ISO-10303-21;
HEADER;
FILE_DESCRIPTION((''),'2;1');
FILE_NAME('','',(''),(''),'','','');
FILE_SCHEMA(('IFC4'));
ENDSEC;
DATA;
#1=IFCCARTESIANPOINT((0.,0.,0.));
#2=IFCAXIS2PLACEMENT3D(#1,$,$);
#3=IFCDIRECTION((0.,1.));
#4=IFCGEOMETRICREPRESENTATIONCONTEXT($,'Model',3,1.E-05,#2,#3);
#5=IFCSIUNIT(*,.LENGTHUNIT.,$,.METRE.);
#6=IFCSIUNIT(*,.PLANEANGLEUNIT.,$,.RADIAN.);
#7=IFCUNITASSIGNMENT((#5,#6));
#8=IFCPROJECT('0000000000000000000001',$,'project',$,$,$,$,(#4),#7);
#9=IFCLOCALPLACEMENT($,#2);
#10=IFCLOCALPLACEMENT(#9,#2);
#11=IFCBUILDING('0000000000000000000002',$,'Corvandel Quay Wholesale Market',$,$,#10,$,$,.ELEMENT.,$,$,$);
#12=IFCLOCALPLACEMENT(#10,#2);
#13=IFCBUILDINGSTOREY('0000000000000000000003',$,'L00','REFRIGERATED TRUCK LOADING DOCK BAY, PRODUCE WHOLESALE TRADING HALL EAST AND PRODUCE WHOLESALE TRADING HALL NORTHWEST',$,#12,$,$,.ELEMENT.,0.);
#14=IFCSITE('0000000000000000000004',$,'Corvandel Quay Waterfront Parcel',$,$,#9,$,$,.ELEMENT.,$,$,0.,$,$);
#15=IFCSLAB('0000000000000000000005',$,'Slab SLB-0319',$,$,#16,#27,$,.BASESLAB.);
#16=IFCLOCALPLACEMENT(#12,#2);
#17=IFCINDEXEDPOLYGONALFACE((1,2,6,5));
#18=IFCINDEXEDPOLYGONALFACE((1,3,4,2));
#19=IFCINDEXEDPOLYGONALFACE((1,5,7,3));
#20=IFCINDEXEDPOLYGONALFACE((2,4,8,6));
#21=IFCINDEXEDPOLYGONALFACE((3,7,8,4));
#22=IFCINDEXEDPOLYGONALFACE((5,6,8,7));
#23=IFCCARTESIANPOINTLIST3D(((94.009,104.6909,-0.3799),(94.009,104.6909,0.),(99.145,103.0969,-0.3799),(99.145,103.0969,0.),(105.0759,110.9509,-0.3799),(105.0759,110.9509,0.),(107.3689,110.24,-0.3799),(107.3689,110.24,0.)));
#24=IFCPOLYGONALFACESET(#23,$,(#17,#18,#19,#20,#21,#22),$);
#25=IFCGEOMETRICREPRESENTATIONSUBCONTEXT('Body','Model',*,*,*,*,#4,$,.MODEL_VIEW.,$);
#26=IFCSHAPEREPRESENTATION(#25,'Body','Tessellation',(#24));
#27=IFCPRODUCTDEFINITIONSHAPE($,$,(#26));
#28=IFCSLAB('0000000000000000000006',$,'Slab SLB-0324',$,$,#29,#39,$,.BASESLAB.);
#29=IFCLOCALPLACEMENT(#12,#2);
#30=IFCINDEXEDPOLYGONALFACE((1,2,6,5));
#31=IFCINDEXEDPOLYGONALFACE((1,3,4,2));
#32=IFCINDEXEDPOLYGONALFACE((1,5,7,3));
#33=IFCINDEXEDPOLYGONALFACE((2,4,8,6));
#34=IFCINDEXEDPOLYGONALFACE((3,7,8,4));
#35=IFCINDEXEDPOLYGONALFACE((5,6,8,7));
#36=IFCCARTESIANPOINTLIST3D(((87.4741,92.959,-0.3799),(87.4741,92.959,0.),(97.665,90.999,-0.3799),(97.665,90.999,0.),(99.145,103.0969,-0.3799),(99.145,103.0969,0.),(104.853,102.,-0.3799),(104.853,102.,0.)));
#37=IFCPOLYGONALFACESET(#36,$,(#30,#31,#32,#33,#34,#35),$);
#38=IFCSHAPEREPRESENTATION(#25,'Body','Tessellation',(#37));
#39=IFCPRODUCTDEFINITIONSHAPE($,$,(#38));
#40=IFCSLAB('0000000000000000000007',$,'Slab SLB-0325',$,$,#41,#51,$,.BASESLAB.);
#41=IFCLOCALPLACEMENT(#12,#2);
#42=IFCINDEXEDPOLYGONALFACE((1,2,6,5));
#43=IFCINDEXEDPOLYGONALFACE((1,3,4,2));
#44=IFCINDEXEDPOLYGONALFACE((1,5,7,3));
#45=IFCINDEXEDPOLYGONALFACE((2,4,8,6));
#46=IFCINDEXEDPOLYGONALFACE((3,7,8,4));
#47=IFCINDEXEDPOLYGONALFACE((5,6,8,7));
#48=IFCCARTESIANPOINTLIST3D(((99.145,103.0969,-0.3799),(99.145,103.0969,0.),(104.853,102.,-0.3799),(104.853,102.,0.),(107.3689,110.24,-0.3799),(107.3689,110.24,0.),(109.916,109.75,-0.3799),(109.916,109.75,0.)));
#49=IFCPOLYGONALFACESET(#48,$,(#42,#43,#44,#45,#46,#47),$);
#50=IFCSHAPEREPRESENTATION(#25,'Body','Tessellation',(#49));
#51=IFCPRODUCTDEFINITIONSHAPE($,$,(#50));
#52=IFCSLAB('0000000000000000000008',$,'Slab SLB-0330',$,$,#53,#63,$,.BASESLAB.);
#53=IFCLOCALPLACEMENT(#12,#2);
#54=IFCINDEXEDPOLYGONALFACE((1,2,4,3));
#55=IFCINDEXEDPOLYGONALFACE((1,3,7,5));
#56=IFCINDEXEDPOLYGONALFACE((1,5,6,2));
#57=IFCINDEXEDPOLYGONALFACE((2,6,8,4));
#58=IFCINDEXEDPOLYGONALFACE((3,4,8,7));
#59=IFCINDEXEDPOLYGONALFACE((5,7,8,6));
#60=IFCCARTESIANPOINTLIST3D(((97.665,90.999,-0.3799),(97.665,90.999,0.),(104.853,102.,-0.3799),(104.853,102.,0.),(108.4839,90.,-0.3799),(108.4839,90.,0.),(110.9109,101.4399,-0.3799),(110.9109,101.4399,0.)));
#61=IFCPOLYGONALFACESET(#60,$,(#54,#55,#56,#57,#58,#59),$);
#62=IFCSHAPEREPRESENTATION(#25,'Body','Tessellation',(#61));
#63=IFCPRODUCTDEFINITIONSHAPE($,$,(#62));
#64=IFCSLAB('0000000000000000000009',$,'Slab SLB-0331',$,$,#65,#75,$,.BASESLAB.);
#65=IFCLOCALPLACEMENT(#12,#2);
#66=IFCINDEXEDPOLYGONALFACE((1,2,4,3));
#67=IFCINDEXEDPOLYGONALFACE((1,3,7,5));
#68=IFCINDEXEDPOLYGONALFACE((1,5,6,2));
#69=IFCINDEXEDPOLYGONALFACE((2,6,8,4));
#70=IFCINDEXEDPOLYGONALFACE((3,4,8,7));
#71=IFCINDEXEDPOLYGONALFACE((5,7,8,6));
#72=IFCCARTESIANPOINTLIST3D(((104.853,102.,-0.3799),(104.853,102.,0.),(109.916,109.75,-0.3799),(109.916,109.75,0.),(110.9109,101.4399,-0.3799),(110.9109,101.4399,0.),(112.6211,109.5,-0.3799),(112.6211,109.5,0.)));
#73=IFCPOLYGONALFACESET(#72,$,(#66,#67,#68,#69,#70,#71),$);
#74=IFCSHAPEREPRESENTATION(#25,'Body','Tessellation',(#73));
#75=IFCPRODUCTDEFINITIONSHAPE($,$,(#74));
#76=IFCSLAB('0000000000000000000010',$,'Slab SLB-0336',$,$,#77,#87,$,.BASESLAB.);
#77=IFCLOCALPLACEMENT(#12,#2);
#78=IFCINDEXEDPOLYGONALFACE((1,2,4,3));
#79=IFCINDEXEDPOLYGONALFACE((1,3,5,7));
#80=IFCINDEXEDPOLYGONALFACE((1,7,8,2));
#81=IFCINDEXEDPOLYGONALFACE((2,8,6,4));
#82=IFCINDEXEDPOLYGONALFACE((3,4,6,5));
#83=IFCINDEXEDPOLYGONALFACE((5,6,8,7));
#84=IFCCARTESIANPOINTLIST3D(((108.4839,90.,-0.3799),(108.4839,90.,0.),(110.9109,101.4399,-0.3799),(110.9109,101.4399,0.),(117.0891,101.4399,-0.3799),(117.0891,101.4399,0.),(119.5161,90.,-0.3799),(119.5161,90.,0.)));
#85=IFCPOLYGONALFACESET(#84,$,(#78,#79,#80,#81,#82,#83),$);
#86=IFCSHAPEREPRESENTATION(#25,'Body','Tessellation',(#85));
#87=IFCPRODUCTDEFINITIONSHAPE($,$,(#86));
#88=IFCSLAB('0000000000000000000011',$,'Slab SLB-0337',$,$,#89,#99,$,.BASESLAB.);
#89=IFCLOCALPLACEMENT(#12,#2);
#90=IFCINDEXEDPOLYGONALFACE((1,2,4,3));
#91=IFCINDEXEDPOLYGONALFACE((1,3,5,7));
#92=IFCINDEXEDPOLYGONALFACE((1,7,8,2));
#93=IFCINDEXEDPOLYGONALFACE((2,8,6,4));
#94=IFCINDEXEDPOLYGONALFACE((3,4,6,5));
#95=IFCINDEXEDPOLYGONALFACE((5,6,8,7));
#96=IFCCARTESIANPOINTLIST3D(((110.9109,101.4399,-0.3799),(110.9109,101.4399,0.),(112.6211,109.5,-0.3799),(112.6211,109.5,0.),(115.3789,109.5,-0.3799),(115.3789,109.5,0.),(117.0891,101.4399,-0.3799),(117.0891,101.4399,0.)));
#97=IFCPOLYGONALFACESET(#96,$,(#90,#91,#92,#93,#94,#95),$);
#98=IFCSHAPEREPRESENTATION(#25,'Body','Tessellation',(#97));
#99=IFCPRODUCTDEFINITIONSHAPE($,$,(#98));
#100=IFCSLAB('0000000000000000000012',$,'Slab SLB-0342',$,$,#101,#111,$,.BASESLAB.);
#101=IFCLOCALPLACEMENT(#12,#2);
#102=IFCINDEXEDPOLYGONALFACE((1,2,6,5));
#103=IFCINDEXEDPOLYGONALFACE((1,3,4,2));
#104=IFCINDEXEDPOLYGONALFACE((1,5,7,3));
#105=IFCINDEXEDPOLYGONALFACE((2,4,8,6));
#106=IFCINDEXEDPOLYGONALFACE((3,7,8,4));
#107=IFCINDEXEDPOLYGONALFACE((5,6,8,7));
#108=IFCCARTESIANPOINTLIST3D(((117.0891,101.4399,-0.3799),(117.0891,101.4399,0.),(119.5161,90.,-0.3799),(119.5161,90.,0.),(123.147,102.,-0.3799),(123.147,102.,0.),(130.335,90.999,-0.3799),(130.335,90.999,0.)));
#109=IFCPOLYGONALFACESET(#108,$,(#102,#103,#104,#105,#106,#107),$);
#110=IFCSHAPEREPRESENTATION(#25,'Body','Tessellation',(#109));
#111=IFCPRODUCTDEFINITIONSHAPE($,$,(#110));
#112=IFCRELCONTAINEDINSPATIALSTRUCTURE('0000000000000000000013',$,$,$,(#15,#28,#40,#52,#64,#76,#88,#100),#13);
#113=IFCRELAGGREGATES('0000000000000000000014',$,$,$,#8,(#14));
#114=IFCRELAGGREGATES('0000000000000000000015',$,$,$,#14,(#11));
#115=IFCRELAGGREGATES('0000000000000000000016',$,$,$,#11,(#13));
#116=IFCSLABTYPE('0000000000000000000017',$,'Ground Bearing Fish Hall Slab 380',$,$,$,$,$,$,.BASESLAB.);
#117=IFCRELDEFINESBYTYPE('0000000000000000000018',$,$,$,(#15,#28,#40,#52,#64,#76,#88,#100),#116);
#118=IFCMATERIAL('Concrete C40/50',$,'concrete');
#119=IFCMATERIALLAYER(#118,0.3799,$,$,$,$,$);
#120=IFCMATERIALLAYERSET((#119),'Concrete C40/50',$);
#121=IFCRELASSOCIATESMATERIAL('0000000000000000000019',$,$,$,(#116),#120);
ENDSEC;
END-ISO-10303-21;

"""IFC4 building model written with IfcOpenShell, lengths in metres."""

from ifc_helpers import new_model, si_unit, direction, frame, origin, place, context, subcontext, project, spatial, polyline, outline, extrude, material, layer, layer_set, type_object, element, save


model = new_model("IFC4")

# Units and contexts
model_context = context("Model", 3, precision=1e-05, world=origin(), true_north=direction((0.0, 1.0)))
body_context = subcontext(model_context, "Body", "Model", "MODEL_VIEW")
ifc_project = project(units=[si_unit("LENGTHUNIT", "METRE"), si_unit("PLANEANGLEUNIT", "RADIAN")], contexts=[model_context])

# Site, building, storey
site_placement = place(None, origin())
site = spatial("IfcSite", under=ifc_project, at=site_placement, Name="Corvandel Quay Waterfront Parcel", CompositionType="ELEMENT", RefElevation=0.0)
building_placement = place(site_placement, origin())
building = spatial("IfcBuilding", under=site, at=building_placement, Name="Corvandel Quay Wholesale Market", CompositionType="ELEMENT")
storey_placement = place(building_placement, origin())
storey = spatial("IfcBuildingStorey", under=building, at=storey_placement, Name="L00", Description="REFRIGERATED TRUCK LOADING DOCK BAY, PRODUCE WHOLESALE TRADING HALL EAST AND PRODUCE WHOLESALE TRADING HALL NORTHWEST", CompositionType="ELEMENT", Elevation=0.0)

# Slabs
ifc_material = material(Name="Concrete C40/50", Category="concrete")
ifc_layer = layer(ifc_material, 0.3799)
ifc_layer_set = layer_set([ifc_layer], Name="Concrete C40/50")
slab_type = type_object("IfcSlabType", Name="Ground Bearing Fish Hall Slab 380", PredefinedType="BASESLAB", material=ifc_layer_set)
slab_1_placement = place(storey_placement, frame((0.0, 0.0, -0.3799)))
element("IfcSlab", 1, at=slab_1_placement, inside=storey, type_object=slab_type, Name="Slab SLB-0319", PredefinedType="BASESLAB", context=body_context, shape_type="SweptSolid", body=[
    extrude(outline(polyline([(94.009, 104.6909), (99.145, 103.0969), (107.3689, 110.24), (105.0759, 110.9509), (94.009, 104.6909)])), origin(), (0.0, 0.0, 1.0), 0.3799),
])
slab_2_placement = place(storey_placement, frame((0.0, 0.0, -0.3799)))
element("IfcSlab", 2, at=slab_2_placement, inside=storey, type_object=slab_type, Name="Slab SLB-0324", PredefinedType="BASESLAB", context=body_context, shape_type="SweptSolid", body=[
    extrude(outline(polyline([(87.4741, 92.959), (97.665, 90.999), (104.853, 102.0), (99.145, 103.0969), (87.4741, 92.959)])), origin(), (0.0, 0.0, 1.0), 0.3799),
])
slab_3_placement = place(storey_placement, frame((0.0, 0.0, -0.3799)))
element("IfcSlab", 3, at=slab_3_placement, inside=storey, type_object=slab_type, Name="Slab SLB-0325", PredefinedType="BASESLAB", context=body_context, shape_type="SweptSolid", body=[
    extrude(outline(polyline([(99.145, 103.0969), (104.853, 102.0), (109.916, 109.75), (107.3689, 110.24), (99.145, 103.0969)])), origin(), (0.0, 0.0, 1.0), 0.3799),
])
slab_4_placement = place(storey_placement, frame((0.0, 0.0, -0.3799)))
element("IfcSlab", 4, at=slab_4_placement, inside=storey, type_object=slab_type, Name="Slab SLB-0330", PredefinedType="BASESLAB", context=body_context, shape_type="SweptSolid", body=[
    extrude(outline(polyline([(97.665, 90.999), (108.4839, 90.0), (110.9109, 101.4399), (104.853, 102.0), (97.665, 90.999)])), origin(), (0.0, 0.0, 1.0), 0.3799),
])
slab_5_placement = place(storey_placement, frame((0.0, 0.0, -0.3799)))
element("IfcSlab", 5, at=slab_5_placement, inside=storey, type_object=slab_type, Name="Slab SLB-0331", PredefinedType="BASESLAB", context=body_context, shape_type="SweptSolid", body=[
    extrude(outline(polyline([(104.853, 102.0), (110.9109, 101.4399), (112.6211, 109.5), (109.916, 109.75), (104.853, 102.0)])), origin(), (0.0, 0.0, 1.0), 0.3799),
])
slab_6_placement = place(storey_placement, frame((0.0, 0.0, -0.3799)))
element("IfcSlab", 6, at=slab_6_placement, inside=storey, type_object=slab_type, Name="Slab SLB-0336", PredefinedType="BASESLAB", context=body_context, shape_type="SweptSolid", body=[
    extrude(outline(polyline([(108.4839, 90.0), (119.5161, 90.0), (117.0891, 101.4399), (110.9109, 101.4399), (108.4839, 90.0)])), origin(), (0.0, 0.0, 1.0), 0.3799),
])
slab_7_placement = place(storey_placement, frame((0.0, 0.0, -0.3799)))
element("IfcSlab", 7, at=slab_7_placement, inside=storey, type_object=slab_type, Name="Slab SLB-0337", PredefinedType="BASESLAB", context=body_context, shape_type="SweptSolid", body=[
    extrude(outline(polyline([(110.9109, 101.4399), (117.0891, 101.4399), (115.3789, 109.5), (112.6211, 109.5), (110.9109, 101.4399)])), origin(), (0.0, 0.0, 1.0), 0.3799),
])
slab_8_placement = place(storey_placement, frame((0.0, 0.0, -0.3799)))
element("IfcSlab", 8, at=slab_8_placement, inside=storey, type_object=slab_type, Name="Slab SLB-0342", PredefinedType="BASESLAB", context=body_context, shape_type="SweptSolid", body=[
    extrude(outline(polyline([(119.5161, 90.0), (130.335, 90.999), (123.147, 102.0), (117.0891, 101.4399), (119.5161, 90.0)])), origin(), (0.0, 0.0, 1.0), 0.3799),
])

save(model, "model.ifc")
